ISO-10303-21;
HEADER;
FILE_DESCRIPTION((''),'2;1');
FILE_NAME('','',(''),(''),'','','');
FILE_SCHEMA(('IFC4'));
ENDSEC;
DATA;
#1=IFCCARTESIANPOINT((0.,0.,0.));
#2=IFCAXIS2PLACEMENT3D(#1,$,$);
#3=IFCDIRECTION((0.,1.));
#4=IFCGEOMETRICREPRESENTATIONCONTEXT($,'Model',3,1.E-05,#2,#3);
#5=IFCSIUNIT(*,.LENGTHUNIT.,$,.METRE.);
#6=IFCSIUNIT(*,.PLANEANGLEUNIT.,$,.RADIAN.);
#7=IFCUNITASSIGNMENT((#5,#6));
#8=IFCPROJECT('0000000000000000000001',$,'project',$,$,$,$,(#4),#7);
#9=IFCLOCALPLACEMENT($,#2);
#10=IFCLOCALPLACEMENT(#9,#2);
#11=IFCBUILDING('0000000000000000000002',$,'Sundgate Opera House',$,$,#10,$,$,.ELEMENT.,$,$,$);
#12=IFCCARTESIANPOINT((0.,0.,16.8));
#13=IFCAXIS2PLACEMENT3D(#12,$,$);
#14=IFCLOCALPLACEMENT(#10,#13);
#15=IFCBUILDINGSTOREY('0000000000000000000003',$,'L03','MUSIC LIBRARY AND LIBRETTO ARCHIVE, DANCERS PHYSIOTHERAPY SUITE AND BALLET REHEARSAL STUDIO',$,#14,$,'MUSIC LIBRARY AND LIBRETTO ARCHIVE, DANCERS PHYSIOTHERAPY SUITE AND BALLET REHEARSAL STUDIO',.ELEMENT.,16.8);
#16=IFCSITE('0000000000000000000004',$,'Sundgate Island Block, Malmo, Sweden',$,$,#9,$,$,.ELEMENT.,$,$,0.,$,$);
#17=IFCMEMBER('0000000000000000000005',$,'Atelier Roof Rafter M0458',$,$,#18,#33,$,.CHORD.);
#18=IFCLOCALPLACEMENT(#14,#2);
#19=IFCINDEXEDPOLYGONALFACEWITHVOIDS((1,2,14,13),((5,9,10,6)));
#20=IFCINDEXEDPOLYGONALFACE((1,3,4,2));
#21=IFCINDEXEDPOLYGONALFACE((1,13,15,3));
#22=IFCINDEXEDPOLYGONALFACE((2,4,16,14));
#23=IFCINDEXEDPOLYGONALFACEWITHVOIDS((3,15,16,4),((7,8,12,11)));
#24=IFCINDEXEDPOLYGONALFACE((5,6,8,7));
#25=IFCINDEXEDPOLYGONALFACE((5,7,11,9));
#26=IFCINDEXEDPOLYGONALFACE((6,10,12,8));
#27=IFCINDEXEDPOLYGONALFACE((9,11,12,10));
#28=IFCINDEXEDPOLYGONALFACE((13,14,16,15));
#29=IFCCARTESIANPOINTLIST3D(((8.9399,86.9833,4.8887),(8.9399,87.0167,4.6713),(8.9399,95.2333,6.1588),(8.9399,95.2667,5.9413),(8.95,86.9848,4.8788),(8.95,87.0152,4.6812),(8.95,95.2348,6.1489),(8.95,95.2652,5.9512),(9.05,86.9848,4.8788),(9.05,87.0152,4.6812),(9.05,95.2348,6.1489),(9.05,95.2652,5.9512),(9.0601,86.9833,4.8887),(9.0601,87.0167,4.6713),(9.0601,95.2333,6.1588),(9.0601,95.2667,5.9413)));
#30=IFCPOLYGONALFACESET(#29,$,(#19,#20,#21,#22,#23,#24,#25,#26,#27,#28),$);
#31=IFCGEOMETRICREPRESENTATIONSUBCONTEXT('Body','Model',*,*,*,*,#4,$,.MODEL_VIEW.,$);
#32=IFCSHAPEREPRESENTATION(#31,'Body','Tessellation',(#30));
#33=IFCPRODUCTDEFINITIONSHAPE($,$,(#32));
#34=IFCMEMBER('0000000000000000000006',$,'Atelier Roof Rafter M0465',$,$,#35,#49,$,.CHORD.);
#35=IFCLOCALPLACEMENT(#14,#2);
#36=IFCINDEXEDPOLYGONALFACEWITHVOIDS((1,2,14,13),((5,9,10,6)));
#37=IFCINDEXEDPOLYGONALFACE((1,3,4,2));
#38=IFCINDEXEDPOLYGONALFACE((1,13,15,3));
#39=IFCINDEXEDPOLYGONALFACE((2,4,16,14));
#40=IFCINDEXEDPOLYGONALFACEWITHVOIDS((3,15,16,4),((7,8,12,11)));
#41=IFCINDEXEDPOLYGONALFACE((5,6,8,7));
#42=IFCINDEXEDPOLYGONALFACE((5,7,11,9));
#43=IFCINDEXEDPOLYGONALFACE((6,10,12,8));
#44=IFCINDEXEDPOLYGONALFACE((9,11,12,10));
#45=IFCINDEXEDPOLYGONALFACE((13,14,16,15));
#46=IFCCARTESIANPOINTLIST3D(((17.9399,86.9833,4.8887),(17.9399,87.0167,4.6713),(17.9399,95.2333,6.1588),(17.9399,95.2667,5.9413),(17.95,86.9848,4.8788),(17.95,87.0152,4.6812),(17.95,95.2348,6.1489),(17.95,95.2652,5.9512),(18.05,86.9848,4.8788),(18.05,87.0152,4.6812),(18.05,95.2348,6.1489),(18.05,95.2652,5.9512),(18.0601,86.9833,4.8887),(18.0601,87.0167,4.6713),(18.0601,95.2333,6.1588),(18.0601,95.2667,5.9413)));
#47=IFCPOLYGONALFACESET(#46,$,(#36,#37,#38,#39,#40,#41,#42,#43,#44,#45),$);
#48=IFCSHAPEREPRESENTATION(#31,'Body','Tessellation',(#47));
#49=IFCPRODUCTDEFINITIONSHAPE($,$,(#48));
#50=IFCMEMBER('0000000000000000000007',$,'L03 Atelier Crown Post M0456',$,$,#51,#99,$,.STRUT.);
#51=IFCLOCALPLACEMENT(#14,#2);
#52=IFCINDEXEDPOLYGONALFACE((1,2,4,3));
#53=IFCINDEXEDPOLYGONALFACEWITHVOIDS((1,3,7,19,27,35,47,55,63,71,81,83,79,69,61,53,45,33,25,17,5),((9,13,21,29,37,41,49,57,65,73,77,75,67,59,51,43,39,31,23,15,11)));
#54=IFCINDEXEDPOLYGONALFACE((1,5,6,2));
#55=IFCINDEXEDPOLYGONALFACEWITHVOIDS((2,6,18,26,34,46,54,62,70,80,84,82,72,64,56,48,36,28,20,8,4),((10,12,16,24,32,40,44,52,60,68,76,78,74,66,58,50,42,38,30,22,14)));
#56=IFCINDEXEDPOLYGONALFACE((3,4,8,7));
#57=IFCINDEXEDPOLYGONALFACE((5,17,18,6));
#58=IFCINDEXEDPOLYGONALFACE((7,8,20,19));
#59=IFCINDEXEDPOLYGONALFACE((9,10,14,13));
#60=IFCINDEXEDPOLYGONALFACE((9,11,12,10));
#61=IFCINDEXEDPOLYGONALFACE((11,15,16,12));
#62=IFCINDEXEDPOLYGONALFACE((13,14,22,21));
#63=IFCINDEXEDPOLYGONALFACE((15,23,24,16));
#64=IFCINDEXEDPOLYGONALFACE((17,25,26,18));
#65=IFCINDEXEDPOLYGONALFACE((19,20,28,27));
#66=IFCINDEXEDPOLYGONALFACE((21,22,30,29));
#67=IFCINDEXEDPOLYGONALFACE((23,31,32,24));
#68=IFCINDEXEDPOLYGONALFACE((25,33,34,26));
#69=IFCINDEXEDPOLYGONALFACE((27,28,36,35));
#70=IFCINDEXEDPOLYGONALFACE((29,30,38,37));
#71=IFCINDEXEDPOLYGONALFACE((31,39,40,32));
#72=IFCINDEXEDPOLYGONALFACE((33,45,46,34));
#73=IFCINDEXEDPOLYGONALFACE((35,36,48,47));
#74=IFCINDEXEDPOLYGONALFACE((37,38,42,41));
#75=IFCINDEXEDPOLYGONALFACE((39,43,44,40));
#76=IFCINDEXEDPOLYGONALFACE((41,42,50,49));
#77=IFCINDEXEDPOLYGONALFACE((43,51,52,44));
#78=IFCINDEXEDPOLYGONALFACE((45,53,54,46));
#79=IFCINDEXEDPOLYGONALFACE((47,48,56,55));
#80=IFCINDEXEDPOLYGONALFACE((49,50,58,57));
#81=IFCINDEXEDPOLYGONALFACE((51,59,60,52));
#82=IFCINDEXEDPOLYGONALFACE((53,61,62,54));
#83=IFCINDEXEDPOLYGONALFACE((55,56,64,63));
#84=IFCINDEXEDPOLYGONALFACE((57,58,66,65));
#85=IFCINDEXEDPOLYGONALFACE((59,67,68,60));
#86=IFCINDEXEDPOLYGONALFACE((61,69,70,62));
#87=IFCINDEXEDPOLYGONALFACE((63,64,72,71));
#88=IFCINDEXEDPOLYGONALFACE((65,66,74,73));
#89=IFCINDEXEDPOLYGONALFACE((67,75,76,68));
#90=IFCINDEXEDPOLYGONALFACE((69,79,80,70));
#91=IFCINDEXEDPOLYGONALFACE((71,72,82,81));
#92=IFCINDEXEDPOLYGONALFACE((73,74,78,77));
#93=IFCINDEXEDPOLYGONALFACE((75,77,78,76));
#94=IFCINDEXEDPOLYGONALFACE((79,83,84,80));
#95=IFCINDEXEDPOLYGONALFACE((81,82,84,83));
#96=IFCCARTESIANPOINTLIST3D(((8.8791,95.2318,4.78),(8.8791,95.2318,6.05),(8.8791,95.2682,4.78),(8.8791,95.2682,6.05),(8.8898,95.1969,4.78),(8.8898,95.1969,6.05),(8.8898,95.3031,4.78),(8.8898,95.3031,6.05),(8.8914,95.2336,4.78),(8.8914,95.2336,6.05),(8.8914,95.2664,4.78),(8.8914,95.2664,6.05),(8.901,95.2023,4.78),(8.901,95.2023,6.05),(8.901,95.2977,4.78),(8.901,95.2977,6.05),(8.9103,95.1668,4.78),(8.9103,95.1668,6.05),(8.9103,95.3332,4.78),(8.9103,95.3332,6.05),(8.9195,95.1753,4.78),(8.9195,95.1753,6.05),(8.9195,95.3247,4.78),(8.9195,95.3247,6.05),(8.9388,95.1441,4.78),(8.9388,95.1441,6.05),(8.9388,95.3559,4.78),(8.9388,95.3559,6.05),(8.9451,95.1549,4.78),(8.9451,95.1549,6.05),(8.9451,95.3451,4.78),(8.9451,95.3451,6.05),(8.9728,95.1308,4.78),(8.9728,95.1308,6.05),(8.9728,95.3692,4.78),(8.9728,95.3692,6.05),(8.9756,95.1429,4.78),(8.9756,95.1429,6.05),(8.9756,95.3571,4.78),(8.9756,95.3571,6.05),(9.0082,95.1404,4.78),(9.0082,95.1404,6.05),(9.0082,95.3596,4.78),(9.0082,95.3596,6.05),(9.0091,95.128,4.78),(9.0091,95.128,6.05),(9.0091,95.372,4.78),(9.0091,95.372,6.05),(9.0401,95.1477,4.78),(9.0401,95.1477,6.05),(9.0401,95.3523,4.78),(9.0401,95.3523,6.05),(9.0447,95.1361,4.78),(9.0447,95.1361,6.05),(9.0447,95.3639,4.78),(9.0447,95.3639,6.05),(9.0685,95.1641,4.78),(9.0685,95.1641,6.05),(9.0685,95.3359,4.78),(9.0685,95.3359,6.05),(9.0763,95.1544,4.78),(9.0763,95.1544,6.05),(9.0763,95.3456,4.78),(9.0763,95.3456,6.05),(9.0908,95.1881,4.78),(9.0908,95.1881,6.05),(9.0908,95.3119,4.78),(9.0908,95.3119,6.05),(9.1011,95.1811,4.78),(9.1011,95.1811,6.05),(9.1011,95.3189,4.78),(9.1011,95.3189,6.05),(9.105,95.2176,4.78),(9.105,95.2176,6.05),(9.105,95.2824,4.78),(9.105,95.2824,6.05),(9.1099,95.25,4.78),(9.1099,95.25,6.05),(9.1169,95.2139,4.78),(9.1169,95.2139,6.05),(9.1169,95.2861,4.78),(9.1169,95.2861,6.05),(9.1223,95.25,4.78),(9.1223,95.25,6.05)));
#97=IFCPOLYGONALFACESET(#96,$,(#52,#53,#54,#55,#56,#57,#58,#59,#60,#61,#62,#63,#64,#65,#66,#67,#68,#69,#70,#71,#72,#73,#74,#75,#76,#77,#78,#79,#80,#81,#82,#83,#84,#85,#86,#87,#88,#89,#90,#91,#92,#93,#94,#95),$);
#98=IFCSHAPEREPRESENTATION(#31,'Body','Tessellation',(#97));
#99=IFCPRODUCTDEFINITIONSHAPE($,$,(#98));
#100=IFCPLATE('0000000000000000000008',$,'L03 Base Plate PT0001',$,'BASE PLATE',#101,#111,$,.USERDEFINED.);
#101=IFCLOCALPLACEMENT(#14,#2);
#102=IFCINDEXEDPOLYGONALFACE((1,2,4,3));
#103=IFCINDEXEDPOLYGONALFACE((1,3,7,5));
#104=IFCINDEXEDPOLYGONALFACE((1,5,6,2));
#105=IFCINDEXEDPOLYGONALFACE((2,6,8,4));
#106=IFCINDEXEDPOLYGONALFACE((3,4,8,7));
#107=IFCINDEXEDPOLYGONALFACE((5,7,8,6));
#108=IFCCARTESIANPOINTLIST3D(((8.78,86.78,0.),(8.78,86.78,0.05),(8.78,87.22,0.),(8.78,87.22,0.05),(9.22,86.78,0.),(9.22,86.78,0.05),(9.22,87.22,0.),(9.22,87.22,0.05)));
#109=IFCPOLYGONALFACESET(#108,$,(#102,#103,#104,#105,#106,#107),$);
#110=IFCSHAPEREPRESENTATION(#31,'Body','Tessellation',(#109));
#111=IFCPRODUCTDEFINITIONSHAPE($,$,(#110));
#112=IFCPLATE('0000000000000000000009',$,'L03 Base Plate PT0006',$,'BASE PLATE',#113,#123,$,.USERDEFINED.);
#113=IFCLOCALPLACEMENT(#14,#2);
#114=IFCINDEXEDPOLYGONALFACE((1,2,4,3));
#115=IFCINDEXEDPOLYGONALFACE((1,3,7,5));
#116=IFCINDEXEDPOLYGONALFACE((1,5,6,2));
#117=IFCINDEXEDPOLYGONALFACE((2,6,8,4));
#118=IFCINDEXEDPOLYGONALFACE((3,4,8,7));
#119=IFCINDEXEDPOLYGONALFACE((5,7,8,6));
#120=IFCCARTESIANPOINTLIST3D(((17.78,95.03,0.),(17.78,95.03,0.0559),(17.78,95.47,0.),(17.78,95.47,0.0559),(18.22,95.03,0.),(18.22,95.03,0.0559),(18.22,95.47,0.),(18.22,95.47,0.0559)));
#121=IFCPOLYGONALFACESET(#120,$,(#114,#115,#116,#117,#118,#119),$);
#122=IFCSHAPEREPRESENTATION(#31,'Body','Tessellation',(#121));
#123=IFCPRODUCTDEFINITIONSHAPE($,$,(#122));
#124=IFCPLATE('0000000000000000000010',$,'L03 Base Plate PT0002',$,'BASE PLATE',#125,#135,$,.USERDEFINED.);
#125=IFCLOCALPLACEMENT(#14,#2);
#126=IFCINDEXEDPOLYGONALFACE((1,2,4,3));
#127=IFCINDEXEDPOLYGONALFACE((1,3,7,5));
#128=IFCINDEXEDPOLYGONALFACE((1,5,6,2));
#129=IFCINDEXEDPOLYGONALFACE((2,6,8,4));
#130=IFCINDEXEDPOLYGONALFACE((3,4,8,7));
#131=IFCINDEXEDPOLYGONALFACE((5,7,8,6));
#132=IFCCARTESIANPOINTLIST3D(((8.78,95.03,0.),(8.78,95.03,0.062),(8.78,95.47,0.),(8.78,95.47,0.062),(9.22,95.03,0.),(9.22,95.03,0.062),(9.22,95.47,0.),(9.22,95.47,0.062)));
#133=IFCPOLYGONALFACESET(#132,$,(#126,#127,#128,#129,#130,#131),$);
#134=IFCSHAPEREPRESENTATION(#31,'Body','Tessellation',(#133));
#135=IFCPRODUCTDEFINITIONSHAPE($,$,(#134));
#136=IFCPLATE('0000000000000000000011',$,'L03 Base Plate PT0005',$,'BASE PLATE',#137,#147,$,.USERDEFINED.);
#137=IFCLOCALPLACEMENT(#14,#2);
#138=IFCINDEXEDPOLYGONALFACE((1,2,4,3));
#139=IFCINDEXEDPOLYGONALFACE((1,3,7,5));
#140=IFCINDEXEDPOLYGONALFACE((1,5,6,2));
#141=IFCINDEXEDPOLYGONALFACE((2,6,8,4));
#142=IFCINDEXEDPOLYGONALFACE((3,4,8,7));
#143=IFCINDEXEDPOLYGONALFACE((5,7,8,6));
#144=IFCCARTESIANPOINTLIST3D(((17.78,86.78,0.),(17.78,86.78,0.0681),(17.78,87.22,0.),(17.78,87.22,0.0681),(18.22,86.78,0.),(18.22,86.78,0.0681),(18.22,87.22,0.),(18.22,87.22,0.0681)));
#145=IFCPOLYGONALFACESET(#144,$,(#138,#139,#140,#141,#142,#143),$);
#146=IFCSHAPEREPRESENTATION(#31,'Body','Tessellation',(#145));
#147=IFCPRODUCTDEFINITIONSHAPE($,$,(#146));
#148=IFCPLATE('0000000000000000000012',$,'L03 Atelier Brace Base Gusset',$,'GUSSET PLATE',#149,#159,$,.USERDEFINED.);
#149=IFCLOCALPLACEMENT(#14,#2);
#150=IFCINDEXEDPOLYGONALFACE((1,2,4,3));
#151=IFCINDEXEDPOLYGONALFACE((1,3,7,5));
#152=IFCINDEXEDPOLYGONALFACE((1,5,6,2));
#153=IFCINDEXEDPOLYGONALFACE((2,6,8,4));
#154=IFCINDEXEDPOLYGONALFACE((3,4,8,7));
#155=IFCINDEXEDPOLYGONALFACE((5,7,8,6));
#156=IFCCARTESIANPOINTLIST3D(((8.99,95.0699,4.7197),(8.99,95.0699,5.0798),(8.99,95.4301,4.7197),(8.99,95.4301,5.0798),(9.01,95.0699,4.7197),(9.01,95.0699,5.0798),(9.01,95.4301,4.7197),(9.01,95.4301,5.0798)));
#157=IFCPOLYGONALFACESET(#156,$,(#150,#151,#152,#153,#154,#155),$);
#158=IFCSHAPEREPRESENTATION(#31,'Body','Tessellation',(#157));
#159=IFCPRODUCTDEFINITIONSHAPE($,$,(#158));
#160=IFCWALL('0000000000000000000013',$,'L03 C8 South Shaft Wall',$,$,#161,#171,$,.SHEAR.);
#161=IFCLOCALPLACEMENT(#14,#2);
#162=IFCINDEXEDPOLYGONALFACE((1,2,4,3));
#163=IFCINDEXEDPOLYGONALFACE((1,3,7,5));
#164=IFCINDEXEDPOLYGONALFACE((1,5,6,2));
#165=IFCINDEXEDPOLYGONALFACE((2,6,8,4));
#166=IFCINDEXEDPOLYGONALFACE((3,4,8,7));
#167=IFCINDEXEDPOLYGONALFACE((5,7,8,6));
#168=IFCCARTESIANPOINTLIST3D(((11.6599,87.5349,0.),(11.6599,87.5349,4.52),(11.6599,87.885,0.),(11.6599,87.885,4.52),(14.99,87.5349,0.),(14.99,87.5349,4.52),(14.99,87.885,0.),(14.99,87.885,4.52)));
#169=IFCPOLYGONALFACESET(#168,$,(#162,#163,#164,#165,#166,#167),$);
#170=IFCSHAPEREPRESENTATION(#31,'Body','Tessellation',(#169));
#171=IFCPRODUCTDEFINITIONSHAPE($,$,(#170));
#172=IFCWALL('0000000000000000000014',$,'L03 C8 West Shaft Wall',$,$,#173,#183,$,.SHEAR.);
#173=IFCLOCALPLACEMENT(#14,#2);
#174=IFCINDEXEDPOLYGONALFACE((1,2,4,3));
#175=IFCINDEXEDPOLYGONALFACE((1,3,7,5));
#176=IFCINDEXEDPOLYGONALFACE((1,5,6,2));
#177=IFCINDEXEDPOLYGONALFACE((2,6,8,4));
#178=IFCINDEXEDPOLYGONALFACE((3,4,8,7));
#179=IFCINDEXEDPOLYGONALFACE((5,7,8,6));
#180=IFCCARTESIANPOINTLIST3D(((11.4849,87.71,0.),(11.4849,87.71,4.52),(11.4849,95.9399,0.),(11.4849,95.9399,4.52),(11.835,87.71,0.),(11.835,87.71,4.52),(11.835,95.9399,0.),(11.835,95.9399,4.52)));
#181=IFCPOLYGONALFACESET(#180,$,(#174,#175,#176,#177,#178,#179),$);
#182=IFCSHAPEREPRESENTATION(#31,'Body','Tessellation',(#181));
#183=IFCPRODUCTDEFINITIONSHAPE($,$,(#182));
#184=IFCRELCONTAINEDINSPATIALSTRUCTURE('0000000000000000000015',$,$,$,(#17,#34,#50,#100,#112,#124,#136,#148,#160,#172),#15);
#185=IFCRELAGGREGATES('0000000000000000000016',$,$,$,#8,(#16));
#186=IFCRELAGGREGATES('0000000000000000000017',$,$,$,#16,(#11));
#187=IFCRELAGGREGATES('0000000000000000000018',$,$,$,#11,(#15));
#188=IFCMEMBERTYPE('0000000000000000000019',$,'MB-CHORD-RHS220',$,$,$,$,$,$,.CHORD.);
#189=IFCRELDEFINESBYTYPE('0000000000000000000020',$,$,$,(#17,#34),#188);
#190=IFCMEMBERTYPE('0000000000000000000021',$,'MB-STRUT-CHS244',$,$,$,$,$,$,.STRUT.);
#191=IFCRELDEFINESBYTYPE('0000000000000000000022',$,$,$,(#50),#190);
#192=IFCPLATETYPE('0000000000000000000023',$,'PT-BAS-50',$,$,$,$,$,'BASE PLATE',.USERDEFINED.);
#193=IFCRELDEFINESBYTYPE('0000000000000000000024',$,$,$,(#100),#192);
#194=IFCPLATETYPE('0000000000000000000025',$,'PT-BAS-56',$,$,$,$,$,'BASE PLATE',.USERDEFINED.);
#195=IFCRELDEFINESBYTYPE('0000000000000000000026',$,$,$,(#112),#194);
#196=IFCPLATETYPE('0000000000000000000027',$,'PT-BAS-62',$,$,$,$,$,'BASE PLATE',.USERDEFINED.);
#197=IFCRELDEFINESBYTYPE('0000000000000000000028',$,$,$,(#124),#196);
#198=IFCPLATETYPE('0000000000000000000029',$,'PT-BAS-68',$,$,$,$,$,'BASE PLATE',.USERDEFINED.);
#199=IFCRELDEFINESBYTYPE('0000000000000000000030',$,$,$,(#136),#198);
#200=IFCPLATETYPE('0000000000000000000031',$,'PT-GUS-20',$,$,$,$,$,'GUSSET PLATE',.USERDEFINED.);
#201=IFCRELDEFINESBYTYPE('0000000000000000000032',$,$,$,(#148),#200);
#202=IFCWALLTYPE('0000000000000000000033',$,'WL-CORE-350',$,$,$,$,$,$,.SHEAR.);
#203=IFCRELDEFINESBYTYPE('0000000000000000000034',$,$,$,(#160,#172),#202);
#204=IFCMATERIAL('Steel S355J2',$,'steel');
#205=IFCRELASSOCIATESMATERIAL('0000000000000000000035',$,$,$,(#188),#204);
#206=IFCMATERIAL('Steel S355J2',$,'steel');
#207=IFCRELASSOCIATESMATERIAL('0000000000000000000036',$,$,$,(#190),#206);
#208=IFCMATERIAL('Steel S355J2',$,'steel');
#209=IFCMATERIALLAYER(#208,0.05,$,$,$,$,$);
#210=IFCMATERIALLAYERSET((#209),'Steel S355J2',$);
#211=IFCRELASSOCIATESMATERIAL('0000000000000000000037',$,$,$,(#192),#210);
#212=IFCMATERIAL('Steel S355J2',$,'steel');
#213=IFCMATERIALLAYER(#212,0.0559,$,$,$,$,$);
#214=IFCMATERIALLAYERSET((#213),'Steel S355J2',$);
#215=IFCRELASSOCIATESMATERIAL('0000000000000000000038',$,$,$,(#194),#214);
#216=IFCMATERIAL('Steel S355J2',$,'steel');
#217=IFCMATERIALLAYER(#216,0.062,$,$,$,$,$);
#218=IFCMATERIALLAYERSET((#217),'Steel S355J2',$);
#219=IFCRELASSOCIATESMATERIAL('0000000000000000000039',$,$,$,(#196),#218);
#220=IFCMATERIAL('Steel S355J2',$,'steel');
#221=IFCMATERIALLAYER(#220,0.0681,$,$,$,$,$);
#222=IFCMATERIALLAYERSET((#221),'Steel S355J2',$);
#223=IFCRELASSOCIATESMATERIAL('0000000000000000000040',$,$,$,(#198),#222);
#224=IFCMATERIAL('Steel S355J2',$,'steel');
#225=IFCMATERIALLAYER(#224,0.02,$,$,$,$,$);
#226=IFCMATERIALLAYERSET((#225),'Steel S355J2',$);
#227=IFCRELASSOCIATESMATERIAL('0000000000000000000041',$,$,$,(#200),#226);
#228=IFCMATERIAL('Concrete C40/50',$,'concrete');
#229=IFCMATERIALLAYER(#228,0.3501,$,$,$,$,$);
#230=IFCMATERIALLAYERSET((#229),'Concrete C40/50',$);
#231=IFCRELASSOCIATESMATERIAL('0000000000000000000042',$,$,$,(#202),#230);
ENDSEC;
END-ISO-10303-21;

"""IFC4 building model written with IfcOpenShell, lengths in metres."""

from ifc_helpers import new_model, si_unit, direction, frame, frame_2d, origin, origin_2d, place, context, subcontext, project, spatial, rectangle, hollow_rectangle, hollow_circle, extrude, material, layer, layer_set, material_profile, profile_set, type_object, element, save


model = new_model("IFC4")

# Units and contexts
model_context = context("Model", 3, precision=1e-05, world=origin(), true_north=direction((0.0, 1.0)))
body_context = subcontext(model_context, "Body", "Model", "MODEL_VIEW")
ifc_project = project(units=[si_unit("LENGTHUNIT", "METRE"), si_unit("PLANEANGLEUNIT", "RADIAN")], contexts=[model_context])

# Site, building, storey
site_placement = place(None, origin())
site = spatial("IfcSite", under=ifc_project, at=site_placement, Name="Sundgate Island Block, Malmo, Sweden", CompositionType="ELEMENT", RefElevation=0.0)
building_placement = place(site_placement, origin())
building = spatial("IfcBuilding", under=site, at=building_placement, Name="Sundgate Opera House", CompositionType="ELEMENT")
storey_placement = place(building_placement, frame((0.0, 0.0, 16.8)))
storey = spatial("IfcBuildingStorey", under=building, at=storey_placement, Name="L03", Description="MUSIC LIBRARY AND LIBRETTO ARCHIVE, DANCERS PHYSIOTHERAPY SUITE AND BALLET REHEARSAL STUDIO", LongName="MUSIC LIBRARY AND LIBRETTO ARCHIVE, DANCERS PHYSIOTHERAPY SUITE AND BALLET REHEARSAL STUDIO", CompositionType="ELEMENT", Elevation=16.8)

# Members
ifc_material_1 = material(Name="Steel S355J2", Category="steel")
ifc_material_profile_1 = material_profile(ifc_material_1, hollow_rectangle(XDim=0.1201, YDim=0.22, WallThickness=0.01, at=origin_2d()), Name="RHS 220x120x10.0")
ifc_profile_set_1 = profile_set([ifc_material_profile_1], Name="Steel S355J2")
member_type_1 = type_object("IfcMemberType", Name="MB-CHORD-RHS220", PredefinedType="CHORD", material=ifc_profile_set_1)
for number, where, z_axis, x_axis, name in (
    (1, (9.0, 87.0, 4.78), (0.0, 0.988357, 0.152149), (-1.0, 0.0, 0.0), "Atelier Roof Rafter M0458"),
    (2, (18.0, 87.0, 4.78), (0.0, 0.988357, 0.152149), (-1.0, 0.0, 0.0), "Atelier Roof Rafter M0465"),
):
    element("IfcMember", number, at=place(storey_placement, frame(where, z_axis=z_axis, x_axis=x_axis)), inside=storey, type_object=member_type_1, Name=name, PredefinedType="CHORD", context=body_context, shape_type="SweptSolid", body=[
        extrude(hollow_rectangle(XDim=0.1201, YDim=0.22, WallThickness=0.01, at=origin_2d()), origin(), (0.0, 0.0, 1.0), 8.3472),
    ])
ifc_material_2 = material(Name="Steel S355J2", Category="steel")
ifc_material_profile_2 = material_profile(ifc_material_2, hollow_circle(Radius=0.1223, WallThickness=0.0125, at=origin_2d()), Name="CHS 244.5x12.5")
ifc_profile_set_2 = profile_set([ifc_material_profile_2], Name="Steel S355J2")
member_type_2 = type_object("IfcMemberType", Name="MB-STRUT-CHS244", PredefinedType="STRUT", material=ifc_profile_set_2)
member_1_placement = place(storey_placement, frame((9.0, 95.25, 4.78), z_axis=(0.0, 0.0, 1.0), x_axis=(1.0, 0.0, 0.0)))
element("IfcMember", 3, at=member_1_placement, inside=storey, type_object=member_type_2, Name="L03 Atelier Crown Post M0456", PredefinedType="STRUT", context=body_context, shape_type="SweptSolid", body=[
    extrude(hollow_circle(Radius=0.1223, WallThickness=0.0125, at=origin_2d()), origin(), (0.0, 0.0, 1.0), 1.27),
])

# Plates
ifc_material_3 = material(Name="Steel S355J2", Category="steel")
ifc_layer_1 = layer(ifc_material_3, 0.05)
ifc_layer_set_1 = layer_set([ifc_layer_1], Name="Steel S355J2")
plate_type_1 = type_object("IfcPlateType", Name="PT-BAS-50", ElementType="BASE PLATE", PredefinedType="USERDEFINED", material=ifc_layer_set_1)
plate_1_placement = place(storey_placement, frame((9.0, 87.0, 0.0), z_axis=(0.0, 0.0, 1.0), x_axis=(1.0, 0.0, 0.0)))
element("IfcPlate", 4, at=plate_1_placement, inside=storey, type_object=plate_type_1, Name="L03 Base Plate PT0001", ObjectType="BASE PLATE", PredefinedType="USERDEFINED", context=body_context, shape_type="SweptSolid", body=[
    extrude(rectangle(XDim=0.4399, YDim=0.4399, at=origin_2d()), origin(), (0.0, 0.0, 1.0), 0.05),
])
ifc_material_4 = material(Name="Steel S355J2", Category="steel")
ifc_layer_2 = layer(ifc_material_4, 0.0559)
ifc_layer_set_2 = layer_set([ifc_layer_2], Name="Steel S355J2")
plate_type_2 = type_object("IfcPlateType", Name="PT-BAS-56", ElementType="BASE PLATE", PredefinedType="USERDEFINED", material=ifc_layer_set_2)
plate_2_placement = place(storey_placement, frame((18.0, 95.25, 0.0), z_axis=(0.0, 0.0, 1.0), x_axis=(1.0, 0.0, 0.0)))
element("IfcPlate", 5, at=plate_2_placement, inside=storey, type_object=plate_type_2, Name="L03 Base Plate PT0006", ObjectType="BASE PLATE", PredefinedType="USERDEFINED", context=body_context, shape_type="SweptSolid", body=[
    extrude(rectangle(XDim=0.4399, YDim=0.4399, at=origin_2d()), origin(), (0.0, 0.0, 1.0), 0.0559),
])
ifc_material_5 = material(Name="Steel S355J2", Category="steel")
ifc_layer_3 = layer(ifc_material_5, 0.062)
ifc_layer_set_3 = layer_set([ifc_layer_3], Name="Steel S355J2")
plate_type_3 = type_object("IfcPlateType", Name="PT-BAS-62", ElementType="BASE PLATE", PredefinedType="USERDEFINED", material=ifc_layer_set_3)
plate_3_placement = place(storey_placement, frame((9.0, 95.25, 0.0), z_axis=(0.0, 0.0, 1.0), x_axis=(1.0, 0.0, 0.0)))
element("IfcPlate", 6, at=plate_3_placement, inside=storey, type_object=plate_type_3, Name="L03 Base Plate PT0002", ObjectType="BASE PLATE", PredefinedType="USERDEFINED", context=body_context, shape_type="SweptSolid", body=[
    extrude(rectangle(XDim=0.4399, YDim=0.4399, at=origin_2d()), origin(), (0.0, 0.0, 1.0), 0.062),
])
ifc_material_6 = material(Name="Steel S355J2", Category="steel")
ifc_layer_4 = layer(ifc_material_6, 0.0681)
ifc_layer_set_4 = layer_set([ifc_layer_4], Name="Steel S355J2")
plate_type_4 = type_object("IfcPlateType", Name="PT-BAS-68", ElementType="BASE PLATE", PredefinedType="USERDEFINED", material=ifc_layer_set_4)
plate_4_placement = place(storey_placement, frame((18.0, 87.0, 0.0), z_axis=(0.0, 0.0, 1.0), x_axis=(1.0, 0.0, 0.0)))
element("IfcPlate", 7, at=plate_4_placement, inside=storey, type_object=plate_type_4, Name="L03 Base Plate PT0005", ObjectType="BASE PLATE", PredefinedType="USERDEFINED", context=body_context, shape_type="SweptSolid", body=[
    extrude(rectangle(XDim=0.4399, YDim=0.4399, at=origin_2d()), origin(), (0.0, 0.0, 1.0), 0.0681),
])
ifc_material_7 = material(Name="Steel S355J2", Category="steel")
ifc_layer_5 = layer(ifc_material_7, 0.02)
ifc_layer_set_5 = layer_set([ifc_layer_5], Name="Steel S355J2")
plate_type_5 = type_object("IfcPlateType", Name="PT-GUS-20", ElementType="GUSSET PLATE", PredefinedType="USERDEFINED", material=ifc_layer_set_5)
plate_5_placement = place(storey_placement, frame((9.0, 95.25, 4.7197), z_axis=(0.0, 0.0, 1.0), x_axis=(1.0, 0.0, 0.0)))
element("IfcPlate", 8, at=plate_5_placement, inside=storey, type_object=plate_type_5, Name="L03 Atelier Brace Base Gusset", ObjectType="GUSSET PLATE", PredefinedType="USERDEFINED", context=body_context, shape_type="SweptSolid", body=[
    extrude(rectangle(XDim=0.02, YDim=0.3601, at=origin_2d()), origin(), (0.0, 0.0, 1.0), 0.3601),
])

# Walls
ifc_material_8 = material(Name="Concrete C40/50", Category="concrete")
ifc_layer_6 = layer(ifc_material_8, 0.3501)
ifc_layer_set_6 = layer_set([ifc_layer_6], Name="Concrete C40/50")
wall_type_1 = type_object("IfcWallType", Name="WL-CORE-350", PredefinedType="SHEAR", material=ifc_layer_set_6)
wall_1_placement = place(storey_placement, frame((11.6599, 87.71, 0.0), z_axis=(0.0, 0.0, 1.0), x_axis=(1.0, 0.0, 0.0)))
element("IfcWall", 9, at=wall_1_placement, inside=storey, type_object=wall_type_1, Name="L03 C8 South Shaft Wall", PredefinedType="SHEAR", context=body_context, shape_type="SweptSolid", body=[
    extrude(rectangle(XDim=3.3301, YDim=0.3501, at=frame_2d((1.665, 0.0))), origin(), (0.0, 0.0, 1.0), 4.52),
])
wall_2_placement = place(storey_placement, frame((11.6599, 87.71, 0.0), z_axis=(0.0, 0.0, 1.0), x_axis=(0.0, 1.0, 0.0)))
element("IfcWall", 10, at=wall_2_placement, inside=storey, type_object=wall_type_1, Name="L03 C8 West Shaft Wall", PredefinedType="SHEAR", context=body_context, shape_type="SweptSolid", body=[
    extrude(rectangle(XDim=8.23, YDim=0.3501, at=frame_2d((4.115, 0.0))), origin(), (0.0, 0.0, 1.0), 4.52),
])

save(model, "model.ifc")
